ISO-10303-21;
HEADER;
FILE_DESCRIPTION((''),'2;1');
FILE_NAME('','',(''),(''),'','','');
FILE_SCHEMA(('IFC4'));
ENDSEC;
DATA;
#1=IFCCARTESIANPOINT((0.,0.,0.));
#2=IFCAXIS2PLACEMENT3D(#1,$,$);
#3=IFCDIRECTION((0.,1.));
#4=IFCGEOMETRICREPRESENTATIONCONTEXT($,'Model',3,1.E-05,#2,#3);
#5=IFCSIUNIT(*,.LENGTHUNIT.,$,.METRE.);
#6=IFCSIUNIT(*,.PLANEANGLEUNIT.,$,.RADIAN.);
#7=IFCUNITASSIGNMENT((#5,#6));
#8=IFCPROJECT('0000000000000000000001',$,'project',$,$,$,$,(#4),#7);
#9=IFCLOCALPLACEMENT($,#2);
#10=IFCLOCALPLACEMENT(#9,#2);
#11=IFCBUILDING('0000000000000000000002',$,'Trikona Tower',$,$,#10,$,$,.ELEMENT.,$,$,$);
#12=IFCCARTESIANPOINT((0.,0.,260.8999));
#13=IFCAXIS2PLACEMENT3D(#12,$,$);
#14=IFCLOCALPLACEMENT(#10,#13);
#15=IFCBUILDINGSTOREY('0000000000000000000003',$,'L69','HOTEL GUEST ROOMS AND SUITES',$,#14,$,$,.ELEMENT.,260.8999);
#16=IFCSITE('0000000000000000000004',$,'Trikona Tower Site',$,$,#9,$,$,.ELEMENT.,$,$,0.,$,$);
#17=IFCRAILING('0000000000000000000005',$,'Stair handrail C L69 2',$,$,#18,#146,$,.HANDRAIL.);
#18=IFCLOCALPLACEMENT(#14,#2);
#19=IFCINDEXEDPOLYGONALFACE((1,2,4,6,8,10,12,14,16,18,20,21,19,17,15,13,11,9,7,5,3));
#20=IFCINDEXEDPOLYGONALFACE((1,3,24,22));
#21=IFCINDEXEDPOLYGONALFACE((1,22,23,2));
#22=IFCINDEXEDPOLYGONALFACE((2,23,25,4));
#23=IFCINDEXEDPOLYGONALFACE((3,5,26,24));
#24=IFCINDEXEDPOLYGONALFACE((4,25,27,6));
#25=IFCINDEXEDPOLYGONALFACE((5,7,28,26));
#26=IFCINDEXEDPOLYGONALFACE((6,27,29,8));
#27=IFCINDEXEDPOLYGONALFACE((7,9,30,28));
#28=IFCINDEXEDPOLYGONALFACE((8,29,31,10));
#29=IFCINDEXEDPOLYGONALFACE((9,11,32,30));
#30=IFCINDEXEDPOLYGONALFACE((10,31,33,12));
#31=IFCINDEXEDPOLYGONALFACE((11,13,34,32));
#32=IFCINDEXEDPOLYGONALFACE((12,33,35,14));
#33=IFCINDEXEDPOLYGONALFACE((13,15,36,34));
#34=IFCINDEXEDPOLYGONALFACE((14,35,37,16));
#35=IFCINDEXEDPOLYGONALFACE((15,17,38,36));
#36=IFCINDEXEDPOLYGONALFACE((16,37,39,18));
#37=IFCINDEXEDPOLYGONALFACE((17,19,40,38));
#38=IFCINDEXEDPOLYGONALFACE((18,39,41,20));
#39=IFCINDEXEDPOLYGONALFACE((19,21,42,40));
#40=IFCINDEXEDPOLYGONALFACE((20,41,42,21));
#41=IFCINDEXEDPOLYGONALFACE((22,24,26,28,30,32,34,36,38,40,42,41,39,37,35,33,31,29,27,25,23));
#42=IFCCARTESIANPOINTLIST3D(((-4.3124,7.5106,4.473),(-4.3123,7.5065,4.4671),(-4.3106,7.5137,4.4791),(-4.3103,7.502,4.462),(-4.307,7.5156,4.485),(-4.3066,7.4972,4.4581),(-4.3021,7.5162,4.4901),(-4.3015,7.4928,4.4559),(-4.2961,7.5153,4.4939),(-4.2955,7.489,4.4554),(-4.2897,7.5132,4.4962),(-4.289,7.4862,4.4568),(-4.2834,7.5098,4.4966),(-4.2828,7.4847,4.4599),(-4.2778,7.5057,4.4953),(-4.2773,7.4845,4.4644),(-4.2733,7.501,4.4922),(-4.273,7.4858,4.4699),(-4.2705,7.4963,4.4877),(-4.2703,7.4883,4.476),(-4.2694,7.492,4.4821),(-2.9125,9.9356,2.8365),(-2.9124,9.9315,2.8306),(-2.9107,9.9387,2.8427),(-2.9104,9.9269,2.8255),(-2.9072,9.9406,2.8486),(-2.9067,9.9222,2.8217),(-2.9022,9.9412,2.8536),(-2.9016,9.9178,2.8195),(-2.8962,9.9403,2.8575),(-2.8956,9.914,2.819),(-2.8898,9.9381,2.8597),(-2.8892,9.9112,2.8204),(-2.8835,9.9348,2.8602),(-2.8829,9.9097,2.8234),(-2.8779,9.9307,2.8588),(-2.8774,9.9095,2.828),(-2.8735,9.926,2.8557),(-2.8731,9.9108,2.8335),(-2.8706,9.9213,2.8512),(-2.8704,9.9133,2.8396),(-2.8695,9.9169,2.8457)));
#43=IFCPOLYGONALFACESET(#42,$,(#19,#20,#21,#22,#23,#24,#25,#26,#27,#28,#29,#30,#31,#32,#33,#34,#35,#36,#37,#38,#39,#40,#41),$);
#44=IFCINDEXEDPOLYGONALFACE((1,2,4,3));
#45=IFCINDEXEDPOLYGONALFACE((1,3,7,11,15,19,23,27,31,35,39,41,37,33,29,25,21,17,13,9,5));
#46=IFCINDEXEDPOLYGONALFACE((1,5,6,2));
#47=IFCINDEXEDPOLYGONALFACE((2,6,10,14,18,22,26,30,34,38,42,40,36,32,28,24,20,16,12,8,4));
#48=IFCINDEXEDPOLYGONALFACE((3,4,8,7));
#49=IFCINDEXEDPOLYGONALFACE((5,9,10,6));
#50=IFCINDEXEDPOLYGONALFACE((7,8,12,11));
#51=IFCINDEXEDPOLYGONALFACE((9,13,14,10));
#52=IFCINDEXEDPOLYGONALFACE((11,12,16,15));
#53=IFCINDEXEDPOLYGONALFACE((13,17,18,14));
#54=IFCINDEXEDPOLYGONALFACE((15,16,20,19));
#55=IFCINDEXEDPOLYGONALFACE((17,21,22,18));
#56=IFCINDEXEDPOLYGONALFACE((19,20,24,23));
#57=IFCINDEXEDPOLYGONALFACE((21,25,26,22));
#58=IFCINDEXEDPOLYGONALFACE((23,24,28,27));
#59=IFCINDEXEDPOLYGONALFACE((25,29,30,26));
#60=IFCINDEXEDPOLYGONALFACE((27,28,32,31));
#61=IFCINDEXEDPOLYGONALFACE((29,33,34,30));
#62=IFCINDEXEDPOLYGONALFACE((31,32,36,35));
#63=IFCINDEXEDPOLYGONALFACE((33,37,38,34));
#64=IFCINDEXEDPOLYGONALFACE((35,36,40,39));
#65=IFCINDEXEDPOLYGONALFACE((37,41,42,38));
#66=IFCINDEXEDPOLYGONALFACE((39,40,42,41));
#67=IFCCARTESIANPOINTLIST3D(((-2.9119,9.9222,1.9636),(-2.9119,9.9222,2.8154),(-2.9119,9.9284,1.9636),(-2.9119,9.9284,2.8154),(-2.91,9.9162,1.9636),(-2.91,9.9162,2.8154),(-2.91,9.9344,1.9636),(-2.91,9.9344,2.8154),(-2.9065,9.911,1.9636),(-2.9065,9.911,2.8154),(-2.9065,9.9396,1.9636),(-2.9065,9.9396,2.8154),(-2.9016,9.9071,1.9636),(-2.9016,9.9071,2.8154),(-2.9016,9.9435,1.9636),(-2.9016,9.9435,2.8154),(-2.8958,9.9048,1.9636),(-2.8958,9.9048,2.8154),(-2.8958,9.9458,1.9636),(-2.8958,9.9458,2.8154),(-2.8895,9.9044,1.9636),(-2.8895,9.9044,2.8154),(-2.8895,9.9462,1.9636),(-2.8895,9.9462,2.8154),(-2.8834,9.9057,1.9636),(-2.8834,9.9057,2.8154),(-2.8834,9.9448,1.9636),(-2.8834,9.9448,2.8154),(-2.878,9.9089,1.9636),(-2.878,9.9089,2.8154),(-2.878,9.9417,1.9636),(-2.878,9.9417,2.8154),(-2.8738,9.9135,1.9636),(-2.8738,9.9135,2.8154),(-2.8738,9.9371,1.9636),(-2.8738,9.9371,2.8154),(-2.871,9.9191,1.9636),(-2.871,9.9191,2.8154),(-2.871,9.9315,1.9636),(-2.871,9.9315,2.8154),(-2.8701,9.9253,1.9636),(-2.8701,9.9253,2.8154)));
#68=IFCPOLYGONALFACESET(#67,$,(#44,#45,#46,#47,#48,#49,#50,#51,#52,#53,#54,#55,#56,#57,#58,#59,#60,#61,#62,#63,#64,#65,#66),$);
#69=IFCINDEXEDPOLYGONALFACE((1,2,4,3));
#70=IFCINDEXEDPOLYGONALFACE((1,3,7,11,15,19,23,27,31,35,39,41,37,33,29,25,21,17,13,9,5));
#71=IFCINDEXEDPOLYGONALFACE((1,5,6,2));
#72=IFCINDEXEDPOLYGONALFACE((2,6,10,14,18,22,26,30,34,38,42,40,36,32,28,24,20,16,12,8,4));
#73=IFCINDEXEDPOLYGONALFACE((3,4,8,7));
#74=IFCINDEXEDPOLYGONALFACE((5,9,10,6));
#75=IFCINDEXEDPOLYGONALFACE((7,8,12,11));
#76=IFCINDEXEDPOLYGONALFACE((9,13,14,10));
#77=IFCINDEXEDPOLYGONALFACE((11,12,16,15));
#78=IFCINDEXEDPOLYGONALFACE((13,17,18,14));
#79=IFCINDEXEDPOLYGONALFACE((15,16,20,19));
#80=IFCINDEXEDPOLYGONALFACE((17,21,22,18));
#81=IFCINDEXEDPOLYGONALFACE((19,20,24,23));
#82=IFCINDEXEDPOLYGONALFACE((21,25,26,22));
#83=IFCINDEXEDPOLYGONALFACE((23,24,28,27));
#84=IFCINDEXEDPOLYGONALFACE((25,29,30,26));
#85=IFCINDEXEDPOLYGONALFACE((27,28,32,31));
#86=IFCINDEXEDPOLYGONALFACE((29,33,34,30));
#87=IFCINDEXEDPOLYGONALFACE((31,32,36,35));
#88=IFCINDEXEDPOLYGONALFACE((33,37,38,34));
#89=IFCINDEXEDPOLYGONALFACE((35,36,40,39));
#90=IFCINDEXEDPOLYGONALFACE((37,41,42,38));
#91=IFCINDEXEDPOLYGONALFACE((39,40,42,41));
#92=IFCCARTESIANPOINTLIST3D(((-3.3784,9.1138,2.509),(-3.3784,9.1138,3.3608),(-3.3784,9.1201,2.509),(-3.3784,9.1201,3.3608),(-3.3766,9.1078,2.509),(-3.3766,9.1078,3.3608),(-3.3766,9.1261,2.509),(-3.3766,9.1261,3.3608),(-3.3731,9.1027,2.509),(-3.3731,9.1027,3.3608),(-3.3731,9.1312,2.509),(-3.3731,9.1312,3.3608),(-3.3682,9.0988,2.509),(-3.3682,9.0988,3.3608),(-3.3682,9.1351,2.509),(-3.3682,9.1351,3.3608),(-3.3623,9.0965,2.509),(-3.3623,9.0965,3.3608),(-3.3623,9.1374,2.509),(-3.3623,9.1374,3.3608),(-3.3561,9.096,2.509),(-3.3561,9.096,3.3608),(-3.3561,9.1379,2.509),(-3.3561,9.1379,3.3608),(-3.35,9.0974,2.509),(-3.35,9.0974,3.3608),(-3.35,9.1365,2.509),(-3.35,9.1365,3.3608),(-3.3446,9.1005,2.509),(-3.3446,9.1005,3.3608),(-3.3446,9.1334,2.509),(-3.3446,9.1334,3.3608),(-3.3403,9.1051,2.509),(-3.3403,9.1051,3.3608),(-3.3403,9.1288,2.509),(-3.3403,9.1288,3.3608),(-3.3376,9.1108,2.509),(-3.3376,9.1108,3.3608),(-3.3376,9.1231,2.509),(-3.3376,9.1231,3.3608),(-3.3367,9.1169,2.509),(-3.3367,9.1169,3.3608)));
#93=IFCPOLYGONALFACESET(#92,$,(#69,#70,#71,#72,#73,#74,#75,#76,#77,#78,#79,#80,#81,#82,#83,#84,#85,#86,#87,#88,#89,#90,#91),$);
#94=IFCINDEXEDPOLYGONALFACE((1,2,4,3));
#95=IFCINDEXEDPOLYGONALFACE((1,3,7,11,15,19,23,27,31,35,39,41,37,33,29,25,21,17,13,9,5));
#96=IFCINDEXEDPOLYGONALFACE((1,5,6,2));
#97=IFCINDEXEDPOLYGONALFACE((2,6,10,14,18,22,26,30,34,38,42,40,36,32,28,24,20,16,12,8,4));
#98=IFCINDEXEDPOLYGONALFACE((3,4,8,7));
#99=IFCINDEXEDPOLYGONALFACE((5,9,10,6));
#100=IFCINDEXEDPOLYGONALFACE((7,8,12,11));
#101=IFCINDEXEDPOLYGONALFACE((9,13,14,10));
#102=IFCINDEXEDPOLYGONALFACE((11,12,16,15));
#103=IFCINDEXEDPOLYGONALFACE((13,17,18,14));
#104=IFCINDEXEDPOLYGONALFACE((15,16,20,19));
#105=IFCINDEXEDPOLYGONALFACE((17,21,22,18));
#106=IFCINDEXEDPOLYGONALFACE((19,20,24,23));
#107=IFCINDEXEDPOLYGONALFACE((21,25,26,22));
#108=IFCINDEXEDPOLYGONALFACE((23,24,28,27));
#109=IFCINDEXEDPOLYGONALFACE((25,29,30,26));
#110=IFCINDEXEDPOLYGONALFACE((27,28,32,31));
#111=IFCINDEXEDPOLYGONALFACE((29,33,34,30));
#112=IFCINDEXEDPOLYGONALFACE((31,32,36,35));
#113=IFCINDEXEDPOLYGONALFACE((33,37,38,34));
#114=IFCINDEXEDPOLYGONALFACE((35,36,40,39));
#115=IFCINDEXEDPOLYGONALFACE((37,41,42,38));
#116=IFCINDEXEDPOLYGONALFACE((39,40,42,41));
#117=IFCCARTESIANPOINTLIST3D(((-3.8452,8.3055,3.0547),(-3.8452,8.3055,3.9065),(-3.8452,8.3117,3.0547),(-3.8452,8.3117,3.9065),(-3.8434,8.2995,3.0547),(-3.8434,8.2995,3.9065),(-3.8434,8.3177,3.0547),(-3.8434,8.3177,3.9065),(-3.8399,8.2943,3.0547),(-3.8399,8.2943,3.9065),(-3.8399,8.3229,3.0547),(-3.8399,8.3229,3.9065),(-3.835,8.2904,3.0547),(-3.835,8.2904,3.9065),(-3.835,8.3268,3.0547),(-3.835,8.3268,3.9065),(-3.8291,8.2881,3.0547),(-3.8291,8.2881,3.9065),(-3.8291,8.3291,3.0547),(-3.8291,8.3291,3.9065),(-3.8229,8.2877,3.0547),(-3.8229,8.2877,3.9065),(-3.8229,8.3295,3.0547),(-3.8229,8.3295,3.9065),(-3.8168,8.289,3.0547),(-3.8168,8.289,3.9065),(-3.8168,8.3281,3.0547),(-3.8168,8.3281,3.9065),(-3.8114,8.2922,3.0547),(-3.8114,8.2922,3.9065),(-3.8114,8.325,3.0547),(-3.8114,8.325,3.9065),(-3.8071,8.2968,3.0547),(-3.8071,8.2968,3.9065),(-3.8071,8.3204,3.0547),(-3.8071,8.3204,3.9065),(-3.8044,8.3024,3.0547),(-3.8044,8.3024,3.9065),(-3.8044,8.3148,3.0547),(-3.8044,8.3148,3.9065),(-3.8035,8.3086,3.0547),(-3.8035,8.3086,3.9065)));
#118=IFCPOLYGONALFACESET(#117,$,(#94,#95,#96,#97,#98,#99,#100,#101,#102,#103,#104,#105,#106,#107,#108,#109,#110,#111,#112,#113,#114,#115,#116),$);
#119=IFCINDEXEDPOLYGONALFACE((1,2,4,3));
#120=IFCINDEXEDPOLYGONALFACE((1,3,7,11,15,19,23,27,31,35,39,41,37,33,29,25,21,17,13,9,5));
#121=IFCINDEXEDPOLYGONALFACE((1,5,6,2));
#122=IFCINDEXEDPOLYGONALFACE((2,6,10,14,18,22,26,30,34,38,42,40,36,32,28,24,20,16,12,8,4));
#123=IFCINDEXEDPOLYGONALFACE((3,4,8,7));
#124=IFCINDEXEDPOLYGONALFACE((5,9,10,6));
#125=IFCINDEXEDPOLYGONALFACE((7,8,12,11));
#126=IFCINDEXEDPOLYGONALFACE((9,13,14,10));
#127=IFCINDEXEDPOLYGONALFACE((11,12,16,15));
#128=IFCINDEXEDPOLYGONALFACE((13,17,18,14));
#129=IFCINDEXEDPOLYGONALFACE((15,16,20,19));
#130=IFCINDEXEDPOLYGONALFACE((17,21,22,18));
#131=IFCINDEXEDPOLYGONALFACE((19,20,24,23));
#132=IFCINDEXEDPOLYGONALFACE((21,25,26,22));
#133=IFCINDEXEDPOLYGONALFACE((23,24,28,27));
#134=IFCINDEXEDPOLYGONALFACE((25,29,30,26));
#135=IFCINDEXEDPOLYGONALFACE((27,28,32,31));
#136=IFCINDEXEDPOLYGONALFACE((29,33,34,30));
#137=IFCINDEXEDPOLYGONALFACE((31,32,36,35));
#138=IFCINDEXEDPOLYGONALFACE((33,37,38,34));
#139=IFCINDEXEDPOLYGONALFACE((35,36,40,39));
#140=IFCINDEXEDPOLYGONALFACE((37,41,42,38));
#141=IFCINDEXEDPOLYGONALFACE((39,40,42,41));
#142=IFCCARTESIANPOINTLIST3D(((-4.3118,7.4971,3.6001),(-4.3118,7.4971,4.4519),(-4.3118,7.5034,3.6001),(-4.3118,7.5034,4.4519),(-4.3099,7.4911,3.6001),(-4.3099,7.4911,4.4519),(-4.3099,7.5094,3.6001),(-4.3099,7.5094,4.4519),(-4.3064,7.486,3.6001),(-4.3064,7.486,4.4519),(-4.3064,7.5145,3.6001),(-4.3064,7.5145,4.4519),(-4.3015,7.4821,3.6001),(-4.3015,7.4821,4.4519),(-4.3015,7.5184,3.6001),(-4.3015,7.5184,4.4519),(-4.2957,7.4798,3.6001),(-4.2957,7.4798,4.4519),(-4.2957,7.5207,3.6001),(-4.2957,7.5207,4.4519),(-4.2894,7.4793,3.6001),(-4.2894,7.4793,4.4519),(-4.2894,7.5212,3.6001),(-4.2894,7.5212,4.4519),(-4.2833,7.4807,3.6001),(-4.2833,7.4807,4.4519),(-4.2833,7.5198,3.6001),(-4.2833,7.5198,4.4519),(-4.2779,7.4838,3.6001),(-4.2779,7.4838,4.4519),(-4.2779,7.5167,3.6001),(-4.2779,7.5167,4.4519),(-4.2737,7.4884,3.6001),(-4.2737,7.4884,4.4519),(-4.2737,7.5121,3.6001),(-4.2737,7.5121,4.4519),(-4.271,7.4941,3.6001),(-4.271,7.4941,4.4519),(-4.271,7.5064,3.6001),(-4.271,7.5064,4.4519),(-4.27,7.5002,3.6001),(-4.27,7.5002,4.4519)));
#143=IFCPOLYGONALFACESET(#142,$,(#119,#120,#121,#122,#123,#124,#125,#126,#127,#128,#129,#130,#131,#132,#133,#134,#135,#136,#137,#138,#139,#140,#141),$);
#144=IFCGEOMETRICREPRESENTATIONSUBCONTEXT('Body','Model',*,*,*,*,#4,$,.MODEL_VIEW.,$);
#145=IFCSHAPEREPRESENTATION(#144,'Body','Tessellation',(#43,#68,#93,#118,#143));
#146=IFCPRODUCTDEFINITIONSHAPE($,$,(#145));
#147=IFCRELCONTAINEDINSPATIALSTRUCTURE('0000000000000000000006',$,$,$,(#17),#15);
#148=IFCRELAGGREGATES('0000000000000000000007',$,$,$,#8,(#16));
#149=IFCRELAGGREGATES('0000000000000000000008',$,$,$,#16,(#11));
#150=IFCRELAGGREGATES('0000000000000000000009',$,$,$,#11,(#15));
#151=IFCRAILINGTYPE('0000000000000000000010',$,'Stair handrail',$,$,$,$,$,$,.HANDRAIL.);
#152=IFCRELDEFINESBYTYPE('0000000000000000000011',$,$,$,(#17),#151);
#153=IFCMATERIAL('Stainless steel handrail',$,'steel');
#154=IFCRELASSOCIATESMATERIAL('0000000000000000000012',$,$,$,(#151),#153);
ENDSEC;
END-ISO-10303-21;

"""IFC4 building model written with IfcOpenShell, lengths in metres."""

from ifc_helpers import new_model, si_unit, direction, frame, origin, origin_2d, place, context, subcontext, project, spatial, circle, extrude, material, type_object, element, save


model = new_model("IFC4")

# Units and contexts
model_context = context("Model", 3, precision=1e-05, world=origin(), true_north=direction((0.0, 1.0)))
body_context = subcontext(model_context, "Body", "Model", "MODEL_VIEW")
ifc_project = project(units=[si_unit("LENGTHUNIT", "METRE"), si_unit("PLANEANGLEUNIT", "RADIAN")], contexts=[model_context])

# Site, building, storey
site_placement = place(None, origin())
site = spatial("IfcSite", under=ifc_project, at=site_placement, Name="Trikona Tower Site", CompositionType="ELEMENT", RefElevation=0.0)
building_placement = place(site_placement, origin())
building = spatial("IfcBuilding", under=site, at=building_placement, Name="Trikona Tower", CompositionType="ELEMENT")
storey_placement = place(building_placement, frame((0.0, 0.0, 260.8999)))
storey = spatial("IfcBuildingStorey", under=building, at=storey_placement, Name="L69", Description="HOTEL GUEST ROOMS AND SUITES", CompositionType="ELEMENT", Elevation=260.8999)

# Railing
ifc_material_1 = material(Name="Stainless steel handrail", Category="steel")
railing_type = type_object("IfcRailingType", Name="Stair handrail", PredefinedType="HANDRAIL", material=ifc_material_1)
railing_1_placement = place(storey_placement, frame((-2.8911, 9.9253, 1.9636)))
element("IfcRailing", 1, at=railing_1_placement, inside=storey, type_object=railing_type, Name="Stair handrail C L69 2", PredefinedType="HANDRAIL", context=body_context, shape_type="SweptSolid", body=[
    extrude(circle(Radius=0.0239, at=origin_2d()), frame((0.0, 0.0, 0.876), z_axis=(-0.431636, -0.747723, 0.504579), x_axis=(0.866056, -0.499946, 0.0)), (0.0, 0.0, 1.0), 3.2432),
    extrude(circle(Radius=0.021, at=origin_2d()), origin(), (0.0, 0.0, 1.0), 0.8518),
    extrude(circle(Radius=0.021, at=origin_2d()), frame((-0.4666, -0.8083, 0.5454)), (0.0, 0.0, 1.0), 0.8518),
    extrude(circle(Radius=0.021, at=origin_2d()), frame((-0.9333, -1.6167, 1.0911)), (0.0, 0.0, 1.0), 0.8518),
    extrude(circle(Radius=0.021, at=origin_2d()), frame((-1.3999, -2.425, 1.6365)), (0.0, 0.0, 1.0), 0.8518),
])

save(model, "model.ifc")
